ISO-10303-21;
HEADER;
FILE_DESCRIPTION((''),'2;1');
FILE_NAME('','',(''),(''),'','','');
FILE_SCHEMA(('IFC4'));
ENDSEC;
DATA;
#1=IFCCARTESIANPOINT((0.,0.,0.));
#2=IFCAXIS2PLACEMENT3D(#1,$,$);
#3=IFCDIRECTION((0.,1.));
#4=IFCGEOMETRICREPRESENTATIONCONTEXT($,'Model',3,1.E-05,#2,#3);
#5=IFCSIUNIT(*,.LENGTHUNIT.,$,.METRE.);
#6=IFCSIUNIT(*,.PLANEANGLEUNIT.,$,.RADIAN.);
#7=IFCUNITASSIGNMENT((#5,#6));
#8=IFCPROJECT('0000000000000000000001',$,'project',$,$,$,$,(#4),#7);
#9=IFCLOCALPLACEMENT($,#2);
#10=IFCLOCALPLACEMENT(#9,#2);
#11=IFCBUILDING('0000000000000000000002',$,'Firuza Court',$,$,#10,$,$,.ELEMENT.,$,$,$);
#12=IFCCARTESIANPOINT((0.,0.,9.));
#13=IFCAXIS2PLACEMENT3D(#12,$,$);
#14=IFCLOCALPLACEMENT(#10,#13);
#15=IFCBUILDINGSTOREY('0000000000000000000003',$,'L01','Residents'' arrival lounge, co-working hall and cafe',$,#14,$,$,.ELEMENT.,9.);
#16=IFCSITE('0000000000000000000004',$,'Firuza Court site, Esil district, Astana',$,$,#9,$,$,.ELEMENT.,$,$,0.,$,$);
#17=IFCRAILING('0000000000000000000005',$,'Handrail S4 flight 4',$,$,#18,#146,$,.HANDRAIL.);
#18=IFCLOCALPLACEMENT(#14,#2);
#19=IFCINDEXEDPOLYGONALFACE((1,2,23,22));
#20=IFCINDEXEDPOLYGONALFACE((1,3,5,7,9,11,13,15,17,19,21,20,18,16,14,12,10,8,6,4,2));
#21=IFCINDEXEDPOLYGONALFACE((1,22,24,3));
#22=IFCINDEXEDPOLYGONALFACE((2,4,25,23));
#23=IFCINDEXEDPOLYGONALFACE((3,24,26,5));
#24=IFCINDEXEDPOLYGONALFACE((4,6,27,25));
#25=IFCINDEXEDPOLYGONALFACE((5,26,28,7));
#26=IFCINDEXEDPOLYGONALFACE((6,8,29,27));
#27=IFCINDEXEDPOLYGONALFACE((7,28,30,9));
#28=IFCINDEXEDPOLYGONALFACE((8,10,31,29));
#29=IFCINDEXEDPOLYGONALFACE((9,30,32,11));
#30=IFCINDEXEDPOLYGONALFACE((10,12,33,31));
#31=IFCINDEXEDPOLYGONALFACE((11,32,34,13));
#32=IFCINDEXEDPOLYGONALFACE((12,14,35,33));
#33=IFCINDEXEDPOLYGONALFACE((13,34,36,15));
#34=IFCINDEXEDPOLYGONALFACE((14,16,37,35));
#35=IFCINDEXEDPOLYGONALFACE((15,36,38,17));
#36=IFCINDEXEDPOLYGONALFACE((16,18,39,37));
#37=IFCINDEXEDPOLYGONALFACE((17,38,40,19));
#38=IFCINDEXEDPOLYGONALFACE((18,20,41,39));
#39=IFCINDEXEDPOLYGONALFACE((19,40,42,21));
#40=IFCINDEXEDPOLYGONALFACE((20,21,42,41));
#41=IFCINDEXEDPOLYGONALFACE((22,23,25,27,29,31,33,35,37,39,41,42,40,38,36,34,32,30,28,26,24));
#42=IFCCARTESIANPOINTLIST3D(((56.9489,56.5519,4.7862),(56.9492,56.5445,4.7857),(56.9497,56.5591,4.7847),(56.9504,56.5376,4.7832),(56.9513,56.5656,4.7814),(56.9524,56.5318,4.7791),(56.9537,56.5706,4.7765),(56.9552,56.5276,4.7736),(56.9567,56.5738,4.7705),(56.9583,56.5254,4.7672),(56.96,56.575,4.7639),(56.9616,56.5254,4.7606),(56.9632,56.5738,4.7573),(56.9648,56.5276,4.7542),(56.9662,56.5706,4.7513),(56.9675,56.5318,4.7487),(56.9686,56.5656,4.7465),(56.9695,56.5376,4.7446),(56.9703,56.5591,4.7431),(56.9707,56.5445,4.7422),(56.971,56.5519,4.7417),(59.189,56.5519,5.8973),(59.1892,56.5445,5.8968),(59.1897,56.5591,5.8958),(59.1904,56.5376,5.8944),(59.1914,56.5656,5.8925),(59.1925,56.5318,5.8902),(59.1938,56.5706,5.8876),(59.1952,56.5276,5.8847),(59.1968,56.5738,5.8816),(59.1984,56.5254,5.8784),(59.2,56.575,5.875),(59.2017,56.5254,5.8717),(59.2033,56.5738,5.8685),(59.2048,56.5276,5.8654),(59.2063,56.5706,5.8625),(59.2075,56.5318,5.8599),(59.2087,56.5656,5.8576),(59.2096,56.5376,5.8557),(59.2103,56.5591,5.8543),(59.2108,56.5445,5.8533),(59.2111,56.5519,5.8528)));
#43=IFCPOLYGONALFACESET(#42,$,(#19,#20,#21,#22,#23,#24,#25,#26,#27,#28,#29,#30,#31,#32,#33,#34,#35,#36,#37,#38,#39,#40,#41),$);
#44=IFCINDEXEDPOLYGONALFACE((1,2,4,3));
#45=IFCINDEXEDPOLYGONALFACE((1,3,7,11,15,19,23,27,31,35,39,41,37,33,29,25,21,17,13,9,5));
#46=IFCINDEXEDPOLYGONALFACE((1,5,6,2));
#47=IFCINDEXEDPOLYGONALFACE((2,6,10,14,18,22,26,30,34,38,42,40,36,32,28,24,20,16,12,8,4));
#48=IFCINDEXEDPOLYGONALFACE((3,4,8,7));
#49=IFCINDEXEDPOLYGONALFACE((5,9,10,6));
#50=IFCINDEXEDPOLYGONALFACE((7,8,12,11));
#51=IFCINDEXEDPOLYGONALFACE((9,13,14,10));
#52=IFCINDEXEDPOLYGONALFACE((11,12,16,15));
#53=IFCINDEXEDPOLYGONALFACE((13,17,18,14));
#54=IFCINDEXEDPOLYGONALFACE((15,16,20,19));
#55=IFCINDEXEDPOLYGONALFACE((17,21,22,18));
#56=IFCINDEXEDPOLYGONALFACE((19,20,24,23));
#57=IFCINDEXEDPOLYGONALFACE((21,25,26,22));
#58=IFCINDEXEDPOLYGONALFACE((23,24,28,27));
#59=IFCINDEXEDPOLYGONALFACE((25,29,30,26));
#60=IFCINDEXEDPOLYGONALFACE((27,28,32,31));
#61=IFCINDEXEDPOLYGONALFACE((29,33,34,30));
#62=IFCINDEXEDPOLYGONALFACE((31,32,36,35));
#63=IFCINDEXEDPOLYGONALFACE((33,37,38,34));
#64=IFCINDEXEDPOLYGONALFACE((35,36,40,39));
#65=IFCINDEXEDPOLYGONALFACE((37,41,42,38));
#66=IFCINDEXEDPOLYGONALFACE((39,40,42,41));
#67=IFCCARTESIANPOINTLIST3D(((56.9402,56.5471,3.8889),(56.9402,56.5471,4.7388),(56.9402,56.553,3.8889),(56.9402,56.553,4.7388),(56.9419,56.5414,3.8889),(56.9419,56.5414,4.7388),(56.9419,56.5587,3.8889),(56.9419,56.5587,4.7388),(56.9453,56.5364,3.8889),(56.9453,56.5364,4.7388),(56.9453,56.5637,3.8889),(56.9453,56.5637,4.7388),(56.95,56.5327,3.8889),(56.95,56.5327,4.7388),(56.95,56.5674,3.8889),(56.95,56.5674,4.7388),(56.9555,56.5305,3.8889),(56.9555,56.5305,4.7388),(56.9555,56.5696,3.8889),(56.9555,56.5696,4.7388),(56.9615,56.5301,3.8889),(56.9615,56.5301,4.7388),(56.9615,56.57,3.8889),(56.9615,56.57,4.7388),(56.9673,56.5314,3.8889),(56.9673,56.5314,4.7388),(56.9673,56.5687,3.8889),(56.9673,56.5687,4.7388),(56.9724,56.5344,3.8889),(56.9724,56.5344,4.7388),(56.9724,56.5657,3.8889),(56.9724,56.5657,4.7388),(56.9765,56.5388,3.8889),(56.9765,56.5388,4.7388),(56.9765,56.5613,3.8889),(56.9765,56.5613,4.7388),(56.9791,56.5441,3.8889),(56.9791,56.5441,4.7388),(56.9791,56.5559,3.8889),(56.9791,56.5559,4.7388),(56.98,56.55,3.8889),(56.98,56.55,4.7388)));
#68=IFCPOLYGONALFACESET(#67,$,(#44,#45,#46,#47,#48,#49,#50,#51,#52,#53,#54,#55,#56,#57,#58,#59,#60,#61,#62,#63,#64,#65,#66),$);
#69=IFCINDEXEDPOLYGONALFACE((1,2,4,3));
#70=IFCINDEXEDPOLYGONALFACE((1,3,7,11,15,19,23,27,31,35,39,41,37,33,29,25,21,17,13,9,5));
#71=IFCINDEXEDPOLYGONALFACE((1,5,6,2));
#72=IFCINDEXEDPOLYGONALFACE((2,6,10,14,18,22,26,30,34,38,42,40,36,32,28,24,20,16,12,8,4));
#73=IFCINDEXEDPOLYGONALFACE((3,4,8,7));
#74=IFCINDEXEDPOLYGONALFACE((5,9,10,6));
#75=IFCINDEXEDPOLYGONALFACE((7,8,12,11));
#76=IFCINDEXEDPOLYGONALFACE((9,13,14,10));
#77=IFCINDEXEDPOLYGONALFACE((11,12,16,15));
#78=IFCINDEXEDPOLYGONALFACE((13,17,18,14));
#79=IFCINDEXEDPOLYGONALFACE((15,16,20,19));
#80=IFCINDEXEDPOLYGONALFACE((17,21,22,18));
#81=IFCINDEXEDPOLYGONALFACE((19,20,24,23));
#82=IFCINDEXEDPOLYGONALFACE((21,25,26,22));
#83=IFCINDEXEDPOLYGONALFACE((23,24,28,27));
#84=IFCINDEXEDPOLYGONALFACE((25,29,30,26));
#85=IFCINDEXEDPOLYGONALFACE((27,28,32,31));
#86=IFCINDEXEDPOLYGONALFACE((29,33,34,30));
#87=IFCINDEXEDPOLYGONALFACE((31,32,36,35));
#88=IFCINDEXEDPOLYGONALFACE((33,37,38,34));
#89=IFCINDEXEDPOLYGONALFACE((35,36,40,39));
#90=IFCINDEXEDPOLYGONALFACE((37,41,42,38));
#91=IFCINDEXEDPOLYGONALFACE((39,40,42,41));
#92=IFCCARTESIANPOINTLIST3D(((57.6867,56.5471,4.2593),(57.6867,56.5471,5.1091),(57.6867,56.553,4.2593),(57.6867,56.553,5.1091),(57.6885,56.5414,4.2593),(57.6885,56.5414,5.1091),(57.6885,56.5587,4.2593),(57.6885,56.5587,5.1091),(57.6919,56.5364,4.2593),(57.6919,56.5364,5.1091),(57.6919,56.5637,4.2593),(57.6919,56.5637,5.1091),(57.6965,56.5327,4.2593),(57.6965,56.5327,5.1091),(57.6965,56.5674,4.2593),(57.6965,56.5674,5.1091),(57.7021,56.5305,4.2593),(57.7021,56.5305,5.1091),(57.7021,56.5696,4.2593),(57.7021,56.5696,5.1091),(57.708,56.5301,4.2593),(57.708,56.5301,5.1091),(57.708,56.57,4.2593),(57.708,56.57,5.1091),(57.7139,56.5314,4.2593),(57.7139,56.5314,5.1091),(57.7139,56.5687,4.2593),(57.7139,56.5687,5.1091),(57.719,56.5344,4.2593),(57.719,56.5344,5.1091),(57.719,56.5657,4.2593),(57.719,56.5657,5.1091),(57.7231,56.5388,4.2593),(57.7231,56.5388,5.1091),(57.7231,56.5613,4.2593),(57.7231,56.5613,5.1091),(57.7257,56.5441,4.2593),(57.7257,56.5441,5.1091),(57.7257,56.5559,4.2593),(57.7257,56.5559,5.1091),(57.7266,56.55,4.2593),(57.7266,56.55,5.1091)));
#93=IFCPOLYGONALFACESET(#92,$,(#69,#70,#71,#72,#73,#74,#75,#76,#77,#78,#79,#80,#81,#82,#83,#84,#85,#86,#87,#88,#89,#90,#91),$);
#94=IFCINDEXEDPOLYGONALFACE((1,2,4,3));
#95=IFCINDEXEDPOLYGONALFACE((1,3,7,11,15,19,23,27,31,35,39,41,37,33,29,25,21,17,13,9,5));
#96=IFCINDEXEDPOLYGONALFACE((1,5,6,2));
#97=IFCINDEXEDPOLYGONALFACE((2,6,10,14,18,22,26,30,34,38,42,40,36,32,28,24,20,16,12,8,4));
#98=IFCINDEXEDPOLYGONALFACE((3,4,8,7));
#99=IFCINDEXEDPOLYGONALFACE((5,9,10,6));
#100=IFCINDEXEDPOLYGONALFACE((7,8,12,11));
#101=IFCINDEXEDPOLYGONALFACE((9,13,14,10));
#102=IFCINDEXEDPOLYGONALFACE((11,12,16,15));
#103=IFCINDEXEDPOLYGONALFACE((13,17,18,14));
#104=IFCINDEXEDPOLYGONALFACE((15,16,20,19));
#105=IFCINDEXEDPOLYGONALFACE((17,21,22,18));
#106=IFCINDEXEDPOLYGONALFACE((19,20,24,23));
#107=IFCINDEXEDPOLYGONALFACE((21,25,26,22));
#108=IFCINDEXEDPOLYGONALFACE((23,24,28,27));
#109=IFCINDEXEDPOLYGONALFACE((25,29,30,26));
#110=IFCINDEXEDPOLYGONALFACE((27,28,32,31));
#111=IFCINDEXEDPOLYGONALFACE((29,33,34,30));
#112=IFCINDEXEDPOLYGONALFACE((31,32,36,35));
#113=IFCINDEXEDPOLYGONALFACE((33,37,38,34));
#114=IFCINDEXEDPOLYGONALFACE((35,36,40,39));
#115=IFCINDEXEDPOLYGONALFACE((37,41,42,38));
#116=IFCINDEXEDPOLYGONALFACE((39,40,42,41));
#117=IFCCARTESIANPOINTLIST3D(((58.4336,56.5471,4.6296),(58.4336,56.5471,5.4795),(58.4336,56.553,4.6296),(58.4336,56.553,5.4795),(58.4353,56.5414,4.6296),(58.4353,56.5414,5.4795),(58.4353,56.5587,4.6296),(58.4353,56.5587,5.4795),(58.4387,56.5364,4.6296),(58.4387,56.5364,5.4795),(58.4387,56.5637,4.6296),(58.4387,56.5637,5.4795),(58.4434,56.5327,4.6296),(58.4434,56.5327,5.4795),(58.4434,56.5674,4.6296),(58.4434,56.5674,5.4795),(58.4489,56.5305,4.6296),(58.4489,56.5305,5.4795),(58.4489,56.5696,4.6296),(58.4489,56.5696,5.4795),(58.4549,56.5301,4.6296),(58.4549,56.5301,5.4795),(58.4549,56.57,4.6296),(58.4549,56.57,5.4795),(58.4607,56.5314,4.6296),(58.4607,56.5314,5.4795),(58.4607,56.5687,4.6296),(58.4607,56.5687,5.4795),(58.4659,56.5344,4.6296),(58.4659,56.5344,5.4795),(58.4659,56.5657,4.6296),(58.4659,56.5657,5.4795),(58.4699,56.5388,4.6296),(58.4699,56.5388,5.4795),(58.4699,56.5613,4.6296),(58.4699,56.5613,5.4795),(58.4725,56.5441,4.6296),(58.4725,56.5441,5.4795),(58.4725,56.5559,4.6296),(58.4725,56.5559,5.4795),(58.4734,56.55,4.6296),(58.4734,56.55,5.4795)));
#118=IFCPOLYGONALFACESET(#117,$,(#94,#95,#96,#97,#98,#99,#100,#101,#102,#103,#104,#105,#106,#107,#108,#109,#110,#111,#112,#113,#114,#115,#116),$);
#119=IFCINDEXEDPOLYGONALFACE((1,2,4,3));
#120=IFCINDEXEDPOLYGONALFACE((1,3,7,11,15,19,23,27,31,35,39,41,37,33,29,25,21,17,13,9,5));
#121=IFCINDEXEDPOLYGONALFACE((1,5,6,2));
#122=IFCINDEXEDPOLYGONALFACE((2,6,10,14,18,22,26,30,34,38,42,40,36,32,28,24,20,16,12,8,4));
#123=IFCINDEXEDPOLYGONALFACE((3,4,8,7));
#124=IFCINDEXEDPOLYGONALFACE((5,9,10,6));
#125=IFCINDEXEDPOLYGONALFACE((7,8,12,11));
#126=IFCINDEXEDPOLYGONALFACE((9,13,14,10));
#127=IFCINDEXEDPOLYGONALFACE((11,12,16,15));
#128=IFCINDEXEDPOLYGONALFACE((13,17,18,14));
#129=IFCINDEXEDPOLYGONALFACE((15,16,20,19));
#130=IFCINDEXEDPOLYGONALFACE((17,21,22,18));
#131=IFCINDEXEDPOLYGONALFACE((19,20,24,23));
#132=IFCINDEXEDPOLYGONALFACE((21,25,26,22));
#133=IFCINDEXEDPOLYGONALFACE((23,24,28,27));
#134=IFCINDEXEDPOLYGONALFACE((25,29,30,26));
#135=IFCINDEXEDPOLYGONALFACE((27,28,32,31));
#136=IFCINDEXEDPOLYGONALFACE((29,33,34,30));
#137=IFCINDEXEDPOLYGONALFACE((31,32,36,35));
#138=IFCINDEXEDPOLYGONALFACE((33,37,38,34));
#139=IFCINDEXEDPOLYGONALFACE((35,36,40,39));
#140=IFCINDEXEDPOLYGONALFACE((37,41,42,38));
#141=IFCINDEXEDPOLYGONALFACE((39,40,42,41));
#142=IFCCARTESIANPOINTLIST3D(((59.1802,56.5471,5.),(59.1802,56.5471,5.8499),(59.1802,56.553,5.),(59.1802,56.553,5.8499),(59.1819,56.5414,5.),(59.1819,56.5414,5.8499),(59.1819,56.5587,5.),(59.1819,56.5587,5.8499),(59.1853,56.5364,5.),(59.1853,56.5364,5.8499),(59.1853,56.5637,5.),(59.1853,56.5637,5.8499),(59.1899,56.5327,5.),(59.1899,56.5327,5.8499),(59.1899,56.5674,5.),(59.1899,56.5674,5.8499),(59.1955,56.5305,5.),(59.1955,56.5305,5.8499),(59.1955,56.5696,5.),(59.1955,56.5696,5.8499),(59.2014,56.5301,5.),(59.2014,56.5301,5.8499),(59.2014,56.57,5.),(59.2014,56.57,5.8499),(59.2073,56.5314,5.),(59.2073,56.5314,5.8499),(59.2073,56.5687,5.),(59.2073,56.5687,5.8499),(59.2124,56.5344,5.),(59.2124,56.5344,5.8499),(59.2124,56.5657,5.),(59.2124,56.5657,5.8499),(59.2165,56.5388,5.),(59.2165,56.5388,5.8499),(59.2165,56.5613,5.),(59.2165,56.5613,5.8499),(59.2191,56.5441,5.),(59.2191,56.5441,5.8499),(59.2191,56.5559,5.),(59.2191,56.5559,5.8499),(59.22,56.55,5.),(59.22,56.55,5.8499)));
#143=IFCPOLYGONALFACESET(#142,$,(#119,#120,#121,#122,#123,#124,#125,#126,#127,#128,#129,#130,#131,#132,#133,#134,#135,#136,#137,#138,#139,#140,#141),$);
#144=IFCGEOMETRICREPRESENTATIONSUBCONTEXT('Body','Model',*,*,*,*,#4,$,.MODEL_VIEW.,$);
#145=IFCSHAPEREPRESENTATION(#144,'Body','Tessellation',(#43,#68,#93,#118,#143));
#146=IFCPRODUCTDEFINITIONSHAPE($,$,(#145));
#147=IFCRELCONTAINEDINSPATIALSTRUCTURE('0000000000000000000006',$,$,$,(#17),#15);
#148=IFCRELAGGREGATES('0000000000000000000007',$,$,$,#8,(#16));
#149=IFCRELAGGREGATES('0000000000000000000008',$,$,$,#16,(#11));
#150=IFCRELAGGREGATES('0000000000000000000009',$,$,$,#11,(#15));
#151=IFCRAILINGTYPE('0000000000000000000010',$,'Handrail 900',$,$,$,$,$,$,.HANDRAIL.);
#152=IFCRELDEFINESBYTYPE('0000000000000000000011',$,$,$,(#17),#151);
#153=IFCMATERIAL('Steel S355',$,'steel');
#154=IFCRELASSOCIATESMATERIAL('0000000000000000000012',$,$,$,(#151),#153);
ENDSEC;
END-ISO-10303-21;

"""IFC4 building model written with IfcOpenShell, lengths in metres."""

from ifc_helpers import new_model, si_unit, direction, frame, origin, origin_2d, place, context, subcontext, project, spatial, circle, extrude, material, type_object, element, save


model = new_model("IFC4")

# Units and contexts
model_context = context("Model", 3, precision=1e-05, world=origin(), true_north=direction((0.0, 1.0)))
body_context = subcontext(model_context, "Body", "Model", "MODEL_VIEW")
ifc_project = project(units=[si_unit("LENGTHUNIT", "METRE"), si_unit("PLANEANGLEUNIT", "RADIAN")], contexts=[model_context])

# Site, building, storey
site_placement = place(None, origin())
site = spatial("IfcSite", under=ifc_project, at=site_placement, Name="Firuza Court site, Esil district, Astana", CompositionType="ELEMENT", RefElevation=0.0)
building_placement = place(site_placement, origin())
building = spatial("IfcBuilding", under=site, at=building_placement, Name="Firuza Court", CompositionType="ELEMENT")
storey_placement = place(building_placement, frame((0.0, 0.0, 9.0)))
storey = spatial("IfcBuildingStorey", under=building, at=storey_placement, Name="L01", Description="Residents' arrival lounge, co-working hall and cafe", CompositionType="ELEMENT", Elevation=9.0)

# Railing
ifc_material_1 = material(Name="Steel S355", Category="steel")
railing_type_1 = type_object("IfcRailingType", Name="Handrail 900", PredefinedType="HANDRAIL", material=ifc_material_1)
railing_1_placement = place(storey_placement, frame((56.96, 56.55, 3.8889)))
element("IfcRailing", 1, at=railing_1_placement, inside=storey, type_object=railing_type_1, Name="Handrail S4 flight 4", PredefinedType="HANDRAIL", context=body_context, shape_type="SweptSolid", body=[
    extrude(circle(Radius=0.0249, at=origin_2d()), frame((0.0, 0.0, 0.875), z_axis=(0.895848, 0.0, 0.44436), x_axis=(0.0, 1.0, 0.0)), (0.0, 0.0, 1.0), 2.5005),
    extrude(circle(Radius=0.02, at=origin_2d()), origin(), (0.0, 0.0, 1.0), 0.8499),
    extrude(circle(Radius=0.02, at=origin_2d()), frame((0.7466, 0.0, 0.3704)), (0.0, 0.0, 1.0), 0.8499),
    extrude(circle(Radius=0.02, at=origin_2d()), frame((1.4934, 0.0, 0.7407)), (0.0, 0.0, 1.0), 0.8499),
    extrude(circle(Radius=0.02, at=origin_2d()), frame((2.24, 0.0, 1.1111)), (0.0, 0.0, 1.0), 0.8499),
])

save(model, "model.ifc")
